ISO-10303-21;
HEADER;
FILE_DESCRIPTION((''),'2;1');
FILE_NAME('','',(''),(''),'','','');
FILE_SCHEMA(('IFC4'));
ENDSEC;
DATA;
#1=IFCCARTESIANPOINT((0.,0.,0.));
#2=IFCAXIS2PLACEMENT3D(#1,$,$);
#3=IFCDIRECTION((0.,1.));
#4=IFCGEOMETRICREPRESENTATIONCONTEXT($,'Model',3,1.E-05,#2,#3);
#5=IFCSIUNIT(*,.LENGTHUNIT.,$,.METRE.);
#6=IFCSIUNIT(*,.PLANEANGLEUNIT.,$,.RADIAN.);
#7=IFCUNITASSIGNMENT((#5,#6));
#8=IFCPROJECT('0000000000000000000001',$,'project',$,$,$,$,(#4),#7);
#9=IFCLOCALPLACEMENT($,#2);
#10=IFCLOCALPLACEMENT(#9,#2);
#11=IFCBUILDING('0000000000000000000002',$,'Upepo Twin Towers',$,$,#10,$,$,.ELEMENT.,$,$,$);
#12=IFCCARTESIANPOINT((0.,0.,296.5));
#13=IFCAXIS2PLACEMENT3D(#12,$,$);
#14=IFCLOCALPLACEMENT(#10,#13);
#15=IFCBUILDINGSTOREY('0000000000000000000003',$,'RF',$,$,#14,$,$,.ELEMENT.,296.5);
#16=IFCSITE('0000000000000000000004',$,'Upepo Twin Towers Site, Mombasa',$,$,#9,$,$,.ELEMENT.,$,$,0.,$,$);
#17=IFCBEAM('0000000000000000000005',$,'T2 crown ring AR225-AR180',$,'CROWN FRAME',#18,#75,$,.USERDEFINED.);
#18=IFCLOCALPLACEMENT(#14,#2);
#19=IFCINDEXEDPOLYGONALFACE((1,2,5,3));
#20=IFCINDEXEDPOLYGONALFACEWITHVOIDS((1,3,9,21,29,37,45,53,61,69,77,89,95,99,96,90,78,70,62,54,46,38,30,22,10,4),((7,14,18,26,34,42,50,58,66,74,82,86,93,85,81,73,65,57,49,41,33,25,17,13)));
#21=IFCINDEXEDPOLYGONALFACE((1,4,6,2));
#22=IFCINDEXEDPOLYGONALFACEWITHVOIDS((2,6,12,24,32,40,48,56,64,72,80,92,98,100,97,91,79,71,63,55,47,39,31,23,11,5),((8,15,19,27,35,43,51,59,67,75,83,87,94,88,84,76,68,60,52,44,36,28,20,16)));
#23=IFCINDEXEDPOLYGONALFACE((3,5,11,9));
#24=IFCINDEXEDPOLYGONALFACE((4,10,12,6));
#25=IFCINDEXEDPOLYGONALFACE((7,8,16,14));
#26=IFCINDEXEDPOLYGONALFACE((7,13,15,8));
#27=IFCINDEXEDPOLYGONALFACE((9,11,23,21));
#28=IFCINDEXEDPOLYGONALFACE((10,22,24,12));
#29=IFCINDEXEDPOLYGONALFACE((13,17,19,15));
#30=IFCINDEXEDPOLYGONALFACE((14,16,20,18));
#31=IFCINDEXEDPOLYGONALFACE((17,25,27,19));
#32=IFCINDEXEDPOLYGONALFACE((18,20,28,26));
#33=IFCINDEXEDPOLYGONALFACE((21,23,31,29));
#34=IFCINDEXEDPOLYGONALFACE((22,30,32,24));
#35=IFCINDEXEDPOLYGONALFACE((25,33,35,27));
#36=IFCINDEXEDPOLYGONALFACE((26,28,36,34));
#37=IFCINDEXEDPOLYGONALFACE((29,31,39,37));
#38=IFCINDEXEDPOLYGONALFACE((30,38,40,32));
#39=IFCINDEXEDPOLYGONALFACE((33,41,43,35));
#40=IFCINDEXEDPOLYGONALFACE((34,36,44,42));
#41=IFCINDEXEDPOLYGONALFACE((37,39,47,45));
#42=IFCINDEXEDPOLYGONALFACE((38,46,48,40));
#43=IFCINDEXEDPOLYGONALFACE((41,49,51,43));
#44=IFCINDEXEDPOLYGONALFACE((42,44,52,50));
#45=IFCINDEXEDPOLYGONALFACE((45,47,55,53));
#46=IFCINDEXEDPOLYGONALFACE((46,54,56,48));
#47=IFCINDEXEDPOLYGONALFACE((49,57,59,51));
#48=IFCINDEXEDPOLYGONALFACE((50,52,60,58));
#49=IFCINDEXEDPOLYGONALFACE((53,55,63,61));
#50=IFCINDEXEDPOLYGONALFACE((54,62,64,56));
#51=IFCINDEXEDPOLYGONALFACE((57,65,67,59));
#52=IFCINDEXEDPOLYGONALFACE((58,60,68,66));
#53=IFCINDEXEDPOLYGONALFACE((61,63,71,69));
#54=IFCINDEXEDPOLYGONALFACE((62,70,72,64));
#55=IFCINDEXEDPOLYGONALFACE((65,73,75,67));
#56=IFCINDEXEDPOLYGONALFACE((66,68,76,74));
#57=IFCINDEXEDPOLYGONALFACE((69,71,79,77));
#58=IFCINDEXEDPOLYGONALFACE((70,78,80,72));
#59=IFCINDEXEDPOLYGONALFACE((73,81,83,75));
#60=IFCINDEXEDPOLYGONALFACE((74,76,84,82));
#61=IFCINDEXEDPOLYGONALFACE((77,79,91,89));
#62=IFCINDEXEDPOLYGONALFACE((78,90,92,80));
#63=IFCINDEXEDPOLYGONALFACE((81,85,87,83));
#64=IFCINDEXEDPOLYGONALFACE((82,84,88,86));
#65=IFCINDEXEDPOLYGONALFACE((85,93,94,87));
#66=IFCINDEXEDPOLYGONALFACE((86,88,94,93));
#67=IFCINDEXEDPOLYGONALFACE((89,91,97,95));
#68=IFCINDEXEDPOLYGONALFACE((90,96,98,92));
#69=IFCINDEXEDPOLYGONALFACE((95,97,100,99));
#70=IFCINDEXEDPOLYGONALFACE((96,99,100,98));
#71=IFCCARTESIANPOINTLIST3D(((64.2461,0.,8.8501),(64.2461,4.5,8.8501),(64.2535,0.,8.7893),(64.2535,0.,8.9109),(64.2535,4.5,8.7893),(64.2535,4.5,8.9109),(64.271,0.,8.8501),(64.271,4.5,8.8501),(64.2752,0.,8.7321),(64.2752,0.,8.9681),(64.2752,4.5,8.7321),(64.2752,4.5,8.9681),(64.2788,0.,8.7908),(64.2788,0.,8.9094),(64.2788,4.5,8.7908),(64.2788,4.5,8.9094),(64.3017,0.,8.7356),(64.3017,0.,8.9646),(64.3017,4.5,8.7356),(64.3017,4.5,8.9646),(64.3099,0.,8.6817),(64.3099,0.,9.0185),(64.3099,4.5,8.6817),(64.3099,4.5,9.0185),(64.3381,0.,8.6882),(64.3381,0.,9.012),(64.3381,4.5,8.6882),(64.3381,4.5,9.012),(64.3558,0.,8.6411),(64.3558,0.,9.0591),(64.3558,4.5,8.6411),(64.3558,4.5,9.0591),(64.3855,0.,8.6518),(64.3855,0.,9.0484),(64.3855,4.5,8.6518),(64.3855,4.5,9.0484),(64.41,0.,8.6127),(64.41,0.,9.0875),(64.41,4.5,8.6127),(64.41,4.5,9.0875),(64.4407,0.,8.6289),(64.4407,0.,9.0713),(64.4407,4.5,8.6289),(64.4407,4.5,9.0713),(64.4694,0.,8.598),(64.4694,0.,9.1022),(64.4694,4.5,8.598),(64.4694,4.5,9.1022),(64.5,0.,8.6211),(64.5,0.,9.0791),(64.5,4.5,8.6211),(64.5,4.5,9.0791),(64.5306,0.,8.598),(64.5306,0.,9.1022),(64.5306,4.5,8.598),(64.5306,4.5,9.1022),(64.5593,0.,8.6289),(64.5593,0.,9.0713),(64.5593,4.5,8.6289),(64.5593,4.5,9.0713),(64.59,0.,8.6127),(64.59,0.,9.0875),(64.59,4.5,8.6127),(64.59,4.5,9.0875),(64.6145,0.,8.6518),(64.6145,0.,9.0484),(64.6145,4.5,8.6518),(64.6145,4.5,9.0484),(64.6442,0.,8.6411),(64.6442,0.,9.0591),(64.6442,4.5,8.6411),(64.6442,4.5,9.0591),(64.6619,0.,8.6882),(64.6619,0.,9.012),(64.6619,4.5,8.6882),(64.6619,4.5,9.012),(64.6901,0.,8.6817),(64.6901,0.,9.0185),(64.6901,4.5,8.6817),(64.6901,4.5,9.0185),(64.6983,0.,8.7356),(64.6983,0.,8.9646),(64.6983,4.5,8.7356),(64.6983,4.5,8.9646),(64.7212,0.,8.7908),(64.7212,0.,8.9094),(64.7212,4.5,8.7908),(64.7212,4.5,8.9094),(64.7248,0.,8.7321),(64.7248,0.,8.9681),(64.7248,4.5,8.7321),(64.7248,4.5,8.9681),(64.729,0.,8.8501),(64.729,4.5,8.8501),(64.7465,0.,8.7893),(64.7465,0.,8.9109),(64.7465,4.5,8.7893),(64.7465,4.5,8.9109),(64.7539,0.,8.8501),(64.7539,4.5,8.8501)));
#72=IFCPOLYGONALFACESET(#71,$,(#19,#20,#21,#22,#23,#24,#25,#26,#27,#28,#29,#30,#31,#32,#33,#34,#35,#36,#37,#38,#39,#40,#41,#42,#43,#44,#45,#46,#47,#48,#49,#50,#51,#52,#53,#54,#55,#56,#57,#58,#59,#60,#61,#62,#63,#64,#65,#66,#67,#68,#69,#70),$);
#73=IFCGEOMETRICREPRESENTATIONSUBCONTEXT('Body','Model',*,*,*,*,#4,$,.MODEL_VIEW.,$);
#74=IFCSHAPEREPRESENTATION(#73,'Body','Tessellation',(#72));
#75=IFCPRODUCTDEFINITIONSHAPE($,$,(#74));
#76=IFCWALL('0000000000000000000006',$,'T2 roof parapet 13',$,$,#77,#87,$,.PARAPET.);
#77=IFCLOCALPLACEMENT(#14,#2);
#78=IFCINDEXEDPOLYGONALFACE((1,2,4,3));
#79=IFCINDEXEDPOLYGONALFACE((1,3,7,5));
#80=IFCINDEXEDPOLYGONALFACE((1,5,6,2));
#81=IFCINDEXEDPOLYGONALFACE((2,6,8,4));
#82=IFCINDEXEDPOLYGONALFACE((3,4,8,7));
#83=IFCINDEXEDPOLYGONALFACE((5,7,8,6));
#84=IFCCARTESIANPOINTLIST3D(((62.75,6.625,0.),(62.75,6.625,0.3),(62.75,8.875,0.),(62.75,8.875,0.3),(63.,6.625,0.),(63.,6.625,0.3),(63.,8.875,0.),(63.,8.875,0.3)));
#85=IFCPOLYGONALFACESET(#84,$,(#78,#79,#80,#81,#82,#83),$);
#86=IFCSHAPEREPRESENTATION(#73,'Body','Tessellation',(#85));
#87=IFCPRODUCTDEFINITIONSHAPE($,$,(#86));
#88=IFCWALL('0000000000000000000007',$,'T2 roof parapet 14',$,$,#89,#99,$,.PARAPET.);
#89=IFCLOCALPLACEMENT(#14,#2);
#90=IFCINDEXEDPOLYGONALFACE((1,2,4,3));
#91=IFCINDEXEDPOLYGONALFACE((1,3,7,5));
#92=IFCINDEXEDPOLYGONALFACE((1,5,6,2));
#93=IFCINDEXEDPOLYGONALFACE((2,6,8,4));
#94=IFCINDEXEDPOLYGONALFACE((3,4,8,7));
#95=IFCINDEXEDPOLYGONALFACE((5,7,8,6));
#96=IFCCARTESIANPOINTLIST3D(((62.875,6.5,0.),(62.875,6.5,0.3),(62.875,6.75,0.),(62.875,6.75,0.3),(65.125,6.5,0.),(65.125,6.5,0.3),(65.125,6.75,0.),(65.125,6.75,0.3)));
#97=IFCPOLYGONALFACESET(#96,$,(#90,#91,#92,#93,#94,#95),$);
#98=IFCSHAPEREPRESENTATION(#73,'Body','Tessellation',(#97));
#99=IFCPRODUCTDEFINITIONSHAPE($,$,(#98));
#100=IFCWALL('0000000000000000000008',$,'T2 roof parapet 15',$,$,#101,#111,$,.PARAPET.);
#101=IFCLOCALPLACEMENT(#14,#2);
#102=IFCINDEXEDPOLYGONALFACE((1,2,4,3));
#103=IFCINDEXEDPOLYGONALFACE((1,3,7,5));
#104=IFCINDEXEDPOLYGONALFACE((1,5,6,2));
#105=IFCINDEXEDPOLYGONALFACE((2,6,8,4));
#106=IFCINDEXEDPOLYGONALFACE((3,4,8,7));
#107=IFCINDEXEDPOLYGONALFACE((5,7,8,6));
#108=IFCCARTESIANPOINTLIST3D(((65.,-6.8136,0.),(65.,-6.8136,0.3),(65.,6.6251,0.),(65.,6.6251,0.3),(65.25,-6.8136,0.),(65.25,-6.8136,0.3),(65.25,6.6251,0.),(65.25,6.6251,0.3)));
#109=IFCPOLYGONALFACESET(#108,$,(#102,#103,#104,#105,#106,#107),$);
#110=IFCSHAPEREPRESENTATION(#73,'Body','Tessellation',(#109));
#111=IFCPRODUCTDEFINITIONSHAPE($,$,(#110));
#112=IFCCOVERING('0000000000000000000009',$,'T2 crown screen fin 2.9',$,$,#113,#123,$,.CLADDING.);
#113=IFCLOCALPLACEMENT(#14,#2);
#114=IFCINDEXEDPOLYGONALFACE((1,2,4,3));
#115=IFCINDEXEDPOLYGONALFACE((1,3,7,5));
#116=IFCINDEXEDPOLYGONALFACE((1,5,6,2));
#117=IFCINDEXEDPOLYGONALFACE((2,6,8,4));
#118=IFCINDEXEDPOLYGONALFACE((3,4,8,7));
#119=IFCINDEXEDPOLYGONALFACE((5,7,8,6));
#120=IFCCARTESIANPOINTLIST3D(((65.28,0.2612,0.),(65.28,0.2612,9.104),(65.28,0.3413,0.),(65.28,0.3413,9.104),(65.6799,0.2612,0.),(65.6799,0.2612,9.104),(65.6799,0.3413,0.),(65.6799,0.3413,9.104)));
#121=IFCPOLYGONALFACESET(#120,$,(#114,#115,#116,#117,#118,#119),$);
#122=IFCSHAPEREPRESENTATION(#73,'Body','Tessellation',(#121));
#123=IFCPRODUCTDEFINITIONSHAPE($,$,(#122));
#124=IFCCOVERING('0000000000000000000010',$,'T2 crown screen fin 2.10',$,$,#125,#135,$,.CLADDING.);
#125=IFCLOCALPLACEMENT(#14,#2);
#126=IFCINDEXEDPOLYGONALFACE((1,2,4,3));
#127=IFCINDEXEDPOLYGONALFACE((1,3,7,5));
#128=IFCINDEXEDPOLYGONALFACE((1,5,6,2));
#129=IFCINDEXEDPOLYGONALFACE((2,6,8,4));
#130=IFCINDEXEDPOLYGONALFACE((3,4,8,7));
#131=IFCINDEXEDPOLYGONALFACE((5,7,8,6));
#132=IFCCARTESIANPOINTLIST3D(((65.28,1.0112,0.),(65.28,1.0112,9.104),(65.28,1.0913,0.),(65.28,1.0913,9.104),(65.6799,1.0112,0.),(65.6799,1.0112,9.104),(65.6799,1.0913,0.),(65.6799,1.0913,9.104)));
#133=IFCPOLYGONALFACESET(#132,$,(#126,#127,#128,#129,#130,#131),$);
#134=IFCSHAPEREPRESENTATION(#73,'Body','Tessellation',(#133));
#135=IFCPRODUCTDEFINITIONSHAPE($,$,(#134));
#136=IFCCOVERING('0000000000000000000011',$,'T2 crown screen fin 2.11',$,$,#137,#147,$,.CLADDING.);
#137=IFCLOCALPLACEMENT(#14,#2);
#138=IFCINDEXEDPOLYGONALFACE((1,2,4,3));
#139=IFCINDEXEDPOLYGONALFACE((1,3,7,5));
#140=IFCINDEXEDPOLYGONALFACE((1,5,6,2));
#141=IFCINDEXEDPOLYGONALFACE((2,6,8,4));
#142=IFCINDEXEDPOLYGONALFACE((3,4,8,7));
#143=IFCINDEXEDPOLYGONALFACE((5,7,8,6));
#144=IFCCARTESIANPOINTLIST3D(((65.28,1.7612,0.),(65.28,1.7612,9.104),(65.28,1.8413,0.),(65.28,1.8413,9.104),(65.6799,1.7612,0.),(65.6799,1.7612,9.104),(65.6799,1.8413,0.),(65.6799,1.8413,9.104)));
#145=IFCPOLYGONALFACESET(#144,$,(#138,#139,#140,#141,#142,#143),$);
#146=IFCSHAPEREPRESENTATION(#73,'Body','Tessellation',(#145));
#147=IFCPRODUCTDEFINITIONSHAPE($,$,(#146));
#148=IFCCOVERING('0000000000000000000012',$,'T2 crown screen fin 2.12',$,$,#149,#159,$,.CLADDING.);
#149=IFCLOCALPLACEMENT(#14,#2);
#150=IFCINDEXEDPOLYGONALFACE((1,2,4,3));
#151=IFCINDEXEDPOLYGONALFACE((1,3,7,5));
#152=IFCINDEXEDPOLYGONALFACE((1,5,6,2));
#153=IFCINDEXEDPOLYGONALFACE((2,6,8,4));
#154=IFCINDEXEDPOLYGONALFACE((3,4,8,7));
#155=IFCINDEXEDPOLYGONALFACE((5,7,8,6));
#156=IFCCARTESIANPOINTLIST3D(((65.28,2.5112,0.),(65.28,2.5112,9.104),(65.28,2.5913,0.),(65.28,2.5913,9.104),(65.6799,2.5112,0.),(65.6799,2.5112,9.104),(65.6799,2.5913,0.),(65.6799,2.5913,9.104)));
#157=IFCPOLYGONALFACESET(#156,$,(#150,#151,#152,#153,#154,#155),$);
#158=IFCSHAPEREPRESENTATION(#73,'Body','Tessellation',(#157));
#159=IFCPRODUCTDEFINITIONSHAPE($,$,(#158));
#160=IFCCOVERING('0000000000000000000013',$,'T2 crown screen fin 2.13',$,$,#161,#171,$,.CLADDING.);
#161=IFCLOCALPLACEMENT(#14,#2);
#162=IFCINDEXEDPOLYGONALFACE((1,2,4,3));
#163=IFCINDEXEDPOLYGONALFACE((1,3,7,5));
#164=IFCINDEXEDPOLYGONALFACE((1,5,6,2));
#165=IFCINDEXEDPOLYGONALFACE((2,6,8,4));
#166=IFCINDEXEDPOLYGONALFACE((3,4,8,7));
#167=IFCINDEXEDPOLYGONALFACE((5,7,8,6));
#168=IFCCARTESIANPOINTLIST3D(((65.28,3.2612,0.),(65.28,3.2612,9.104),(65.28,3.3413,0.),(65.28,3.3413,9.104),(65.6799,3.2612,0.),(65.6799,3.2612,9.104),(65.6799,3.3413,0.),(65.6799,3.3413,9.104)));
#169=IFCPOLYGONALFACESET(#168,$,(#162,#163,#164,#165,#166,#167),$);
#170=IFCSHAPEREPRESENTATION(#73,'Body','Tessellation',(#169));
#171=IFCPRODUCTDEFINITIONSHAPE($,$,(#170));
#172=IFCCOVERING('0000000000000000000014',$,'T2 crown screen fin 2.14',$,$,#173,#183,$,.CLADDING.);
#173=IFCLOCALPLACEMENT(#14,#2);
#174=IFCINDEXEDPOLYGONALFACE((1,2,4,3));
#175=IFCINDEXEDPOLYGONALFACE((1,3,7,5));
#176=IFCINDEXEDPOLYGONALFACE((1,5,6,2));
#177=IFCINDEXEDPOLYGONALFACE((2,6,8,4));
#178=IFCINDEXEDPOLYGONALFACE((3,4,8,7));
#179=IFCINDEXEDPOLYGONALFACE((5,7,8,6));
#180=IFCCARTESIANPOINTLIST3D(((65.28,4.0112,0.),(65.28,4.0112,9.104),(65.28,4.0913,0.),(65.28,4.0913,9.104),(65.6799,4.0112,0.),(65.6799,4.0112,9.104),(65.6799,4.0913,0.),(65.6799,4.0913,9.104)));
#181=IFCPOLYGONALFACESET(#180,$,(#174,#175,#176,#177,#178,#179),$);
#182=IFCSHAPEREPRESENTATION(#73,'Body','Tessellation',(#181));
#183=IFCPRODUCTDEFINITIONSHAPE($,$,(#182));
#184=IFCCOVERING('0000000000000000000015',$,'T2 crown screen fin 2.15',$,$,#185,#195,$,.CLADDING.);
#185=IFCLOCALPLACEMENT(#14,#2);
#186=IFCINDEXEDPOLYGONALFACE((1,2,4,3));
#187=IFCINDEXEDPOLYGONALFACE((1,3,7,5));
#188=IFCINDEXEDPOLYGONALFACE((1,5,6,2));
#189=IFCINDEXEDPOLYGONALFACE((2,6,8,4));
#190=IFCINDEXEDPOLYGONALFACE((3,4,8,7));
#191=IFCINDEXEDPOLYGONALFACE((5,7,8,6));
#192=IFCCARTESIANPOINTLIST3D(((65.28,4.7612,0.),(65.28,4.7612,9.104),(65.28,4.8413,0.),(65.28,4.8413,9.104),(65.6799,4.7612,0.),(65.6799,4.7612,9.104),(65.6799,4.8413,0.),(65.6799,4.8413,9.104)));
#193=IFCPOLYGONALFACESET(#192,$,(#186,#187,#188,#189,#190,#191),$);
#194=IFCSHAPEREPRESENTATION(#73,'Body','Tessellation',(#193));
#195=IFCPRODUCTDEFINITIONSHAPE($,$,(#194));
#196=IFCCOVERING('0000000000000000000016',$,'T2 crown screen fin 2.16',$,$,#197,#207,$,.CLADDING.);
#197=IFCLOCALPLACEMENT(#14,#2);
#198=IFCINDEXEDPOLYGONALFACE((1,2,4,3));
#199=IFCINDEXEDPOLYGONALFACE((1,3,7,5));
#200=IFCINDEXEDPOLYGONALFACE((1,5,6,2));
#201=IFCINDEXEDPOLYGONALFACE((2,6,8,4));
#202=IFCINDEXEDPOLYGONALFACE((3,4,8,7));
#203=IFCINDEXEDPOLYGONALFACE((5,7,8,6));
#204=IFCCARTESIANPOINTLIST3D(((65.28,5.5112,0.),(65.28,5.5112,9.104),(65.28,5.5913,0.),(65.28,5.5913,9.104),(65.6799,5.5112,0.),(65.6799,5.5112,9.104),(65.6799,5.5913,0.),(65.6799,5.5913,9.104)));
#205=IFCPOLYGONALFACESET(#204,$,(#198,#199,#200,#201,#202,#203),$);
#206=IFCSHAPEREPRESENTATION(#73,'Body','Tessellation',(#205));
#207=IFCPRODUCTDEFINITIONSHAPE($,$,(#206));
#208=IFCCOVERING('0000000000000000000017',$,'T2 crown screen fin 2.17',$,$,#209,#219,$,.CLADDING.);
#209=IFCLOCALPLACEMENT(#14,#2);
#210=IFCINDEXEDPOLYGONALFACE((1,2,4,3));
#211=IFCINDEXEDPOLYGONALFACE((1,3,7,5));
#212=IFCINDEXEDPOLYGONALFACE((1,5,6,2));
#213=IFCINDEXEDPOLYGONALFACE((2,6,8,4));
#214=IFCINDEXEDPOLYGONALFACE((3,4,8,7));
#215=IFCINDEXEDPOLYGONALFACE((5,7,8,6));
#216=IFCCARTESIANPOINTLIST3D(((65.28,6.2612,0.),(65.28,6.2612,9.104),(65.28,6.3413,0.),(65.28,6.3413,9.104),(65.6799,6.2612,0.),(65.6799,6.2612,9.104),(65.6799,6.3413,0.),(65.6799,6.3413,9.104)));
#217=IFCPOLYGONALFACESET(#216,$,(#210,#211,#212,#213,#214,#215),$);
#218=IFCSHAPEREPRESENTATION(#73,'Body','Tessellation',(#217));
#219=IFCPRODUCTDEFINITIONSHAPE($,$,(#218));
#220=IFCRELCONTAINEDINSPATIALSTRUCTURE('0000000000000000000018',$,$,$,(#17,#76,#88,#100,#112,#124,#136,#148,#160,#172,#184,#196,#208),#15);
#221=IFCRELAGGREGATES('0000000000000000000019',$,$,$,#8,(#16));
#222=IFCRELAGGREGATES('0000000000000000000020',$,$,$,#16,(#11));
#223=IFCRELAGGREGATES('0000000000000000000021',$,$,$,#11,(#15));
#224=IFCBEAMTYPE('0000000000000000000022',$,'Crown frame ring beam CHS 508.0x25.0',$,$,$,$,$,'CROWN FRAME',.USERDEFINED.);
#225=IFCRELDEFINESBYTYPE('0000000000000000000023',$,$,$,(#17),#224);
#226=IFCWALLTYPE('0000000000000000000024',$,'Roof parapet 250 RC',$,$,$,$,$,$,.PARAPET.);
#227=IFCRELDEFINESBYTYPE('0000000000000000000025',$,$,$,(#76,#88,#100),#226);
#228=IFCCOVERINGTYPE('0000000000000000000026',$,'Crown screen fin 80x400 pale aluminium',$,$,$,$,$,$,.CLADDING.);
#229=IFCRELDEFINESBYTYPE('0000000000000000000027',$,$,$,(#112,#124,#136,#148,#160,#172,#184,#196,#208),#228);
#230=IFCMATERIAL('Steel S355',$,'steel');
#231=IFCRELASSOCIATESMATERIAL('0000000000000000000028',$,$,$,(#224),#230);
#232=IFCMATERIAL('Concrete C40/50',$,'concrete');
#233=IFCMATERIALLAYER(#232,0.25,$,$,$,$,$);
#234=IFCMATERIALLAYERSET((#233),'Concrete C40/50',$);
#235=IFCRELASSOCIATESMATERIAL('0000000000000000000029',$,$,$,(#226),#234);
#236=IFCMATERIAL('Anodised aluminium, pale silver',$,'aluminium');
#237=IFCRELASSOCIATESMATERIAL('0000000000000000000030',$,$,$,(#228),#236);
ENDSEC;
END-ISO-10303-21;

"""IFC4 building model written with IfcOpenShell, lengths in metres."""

from ifc_helpers import new_model, si_unit, direction, frame, frame_2d, origin, origin_2d, place, context, subcontext, project, spatial, rectangle, hollow_circle, extrude, material, layer, layer_set, material_profile, profile_set, type_object, element, save


model = new_model("IFC4")

# Units and contexts
model_context = context("Model", 3, precision=1e-05, world=origin(), true_north=direction((0.0, 1.0)))
body_context = subcontext(model_context, "Body", "Model", "MODEL_VIEW")
ifc_project = project(units=[si_unit("LENGTHUNIT", "METRE"), si_unit("PLANEANGLEUNIT", "RADIAN")], contexts=[model_context])

# Site, building, storey
site_placement = place(None, origin())
site = spatial("IfcSite", under=ifc_project, at=site_placement, Name="Upepo Twin Towers Site, Mombasa", CompositionType="ELEMENT", RefElevation=0.0)
building_placement = place(site_placement, origin())
building = spatial("IfcBuilding", under=site, at=building_placement, Name="Upepo Twin Towers", CompositionType="ELEMENT")
storey_placement = place(building_placement, frame((0.0, 0.0, 296.5)))
storey = spatial("IfcBuildingStorey", under=building, at=storey_placement, Name="RF", CompositionType="ELEMENT", Elevation=296.5)

# Beam
ifc_material_1 = material(Name="Steel S355", Category="steel")
ifc_material_profile_1 = material_profile(ifc_material_1, hollow_circle(Radius=0.2539, WallThickness=0.0249, at=origin_2d()), Name="CHS 508.0x25.0")
ifc_profile_set_1 = profile_set([ifc_material_profile_1], Name="Steel S355")
beam_type = type_object("IfcBeamType", Name="Crown frame ring beam CHS 508.0x25.0", ElementType="CROWN FRAME", PredefinedType="USERDEFINED", material=ifc_profile_set_1)
beam_placement = place(storey_placement, frame((64.5, 4.5, 8.8501), z_axis=(0.0, -1.0, 0.0), x_axis=(1.0, 0.0, 0.0)))
element("IfcBeam", 1, at=beam_placement, inside=storey, type_object=beam_type, Name="T2 crown ring AR225-AR180", ObjectType="CROWN FRAME", PredefinedType="USERDEFINED", context=body_context, shape_type="SweptSolid", body=[
    extrude(hollow_circle(Radius=0.2539, WallThickness=0.0249, at=origin_2d()), origin(), (0.0, 0.0, 1.0), 4.5),
])

# Walls
ifc_material_2 = material(Name="Concrete C40/50", Category="concrete")
ifc_layer_1 = layer(ifc_material_2, 0.25)
ifc_layer_set_1 = layer_set([ifc_layer_1], Name="Concrete C40/50")
wall_type = type_object("IfcWallType", Name="Roof parapet 250 RC", PredefinedType="PARAPET", material=ifc_layer_set_1)
for number, where, z_axis, x_axis, name in (
    (2, (62.875, 8.875, 0.0), (0.0, 0.0, 1.0), (0.0, -1.0, 0.0), "T2 roof parapet 13"),
    (3, (62.875, 6.625, 0.0), (0.0, 0.0, 1.0), (1.0, 0.0, 0.0), "T2 roof parapet 14"),
):
    element("IfcWall", number, at=place(storey_placement, frame(where, z_axis=z_axis, x_axis=x_axis)), inside=storey, type_object=wall_type, Name=name, PredefinedType="PARAPET", context=body_context, shape_type="SweptSolid", body=[
        extrude(rectangle(XDim=2.25, YDim=0.25, at=frame_2d((1.125, 0.0))), origin(), (0.0, 0.0, 1.0), 0.3),
    ])
wall_placement = place(storey_placement, frame((65.125, 6.625, 0.0), z_axis=(0.0, 0.0, 1.0), x_axis=(0.0, -1.0, 0.0)))
element("IfcWall", 4, at=wall_placement, inside=storey, type_object=wall_type, Name="T2 roof parapet 15", PredefinedType="PARAPET", context=body_context, shape_type="SweptSolid", body=[
    extrude(rectangle(XDim=13.4387, YDim=0.25, at=frame_2d((6.7192, 0.0))), origin(), (0.0, 0.0, 1.0), 0.3),
])

# Coverings
ifc_material_3 = material(Name="Anodised aluminium, pale silver", Category="aluminium")
covering_type_1 = type_object("IfcCoveringType", Name="Crown screen fin 80x400 pale aluminium", PredefinedType="CLADDING", material=ifc_material_3)
for number, where, z_axis, x_axis, name in (
    (5, (65.48, 0.3013, 0.0), (0.0, 0.0, 1.0), (0.0, 1.0, 0.0), "T2 crown screen fin 2.9"),
    (6, (65.48, 1.0513, 0.0), (0.0, 0.0, 1.0), (0.0, 1.0, 0.0), "T2 crown screen fin 2.10"),
    (7, (65.48, 1.8013, 0.0), (0.0, 0.0, 1.0), (0.0, 1.0, 0.0), "T2 crown screen fin 2.11"),
    (8, (65.48, 2.5513, 0.0), (0.0, 0.0, 1.0), (0.0, 1.0, 0.0), "T2 crown screen fin 2.12"),
    (9, (65.48, 3.3013, 0.0), (0.0, 0.0, 1.0), (0.0, 1.0, 0.0), "T2 crown screen fin 2.13"),
    (10, (65.48, 4.0513, 0.0), (0.0, 0.0, 1.0), (0.0, 1.0, 0.0), "T2 crown screen fin 2.14"),
    (11, (65.48, 4.8013, 0.0), (0.0, 0.0, 1.0), (0.0, 1.0, 0.0), "T2 crown screen fin 2.15"),
    (12, (65.48, 5.5513, 0.0), (0.0, 0.0, 1.0), (0.0, 1.0, 0.0), "T2 crown screen fin 2.16"),
    (13, (65.48, 6.3013, 0.0), (0.0, 0.0, 1.0), (0.0, 1.0, 0.0), "T2 crown screen fin 2.17"),
):
    element("IfcCovering", number, at=place(storey_placement, frame(where, z_axis=z_axis, x_axis=x_axis)), inside=storey, type_object=covering_type_1, Name=name, PredefinedType="CLADDING", context=body_context, shape_type="SweptSolid", body=[
        extrude(rectangle(XDim=0.0801, YDim=0.3999, at=origin_2d()), origin(), (0.0, 0.0, 1.0), 9.104),
    ])

save(model, "model.ifc")
